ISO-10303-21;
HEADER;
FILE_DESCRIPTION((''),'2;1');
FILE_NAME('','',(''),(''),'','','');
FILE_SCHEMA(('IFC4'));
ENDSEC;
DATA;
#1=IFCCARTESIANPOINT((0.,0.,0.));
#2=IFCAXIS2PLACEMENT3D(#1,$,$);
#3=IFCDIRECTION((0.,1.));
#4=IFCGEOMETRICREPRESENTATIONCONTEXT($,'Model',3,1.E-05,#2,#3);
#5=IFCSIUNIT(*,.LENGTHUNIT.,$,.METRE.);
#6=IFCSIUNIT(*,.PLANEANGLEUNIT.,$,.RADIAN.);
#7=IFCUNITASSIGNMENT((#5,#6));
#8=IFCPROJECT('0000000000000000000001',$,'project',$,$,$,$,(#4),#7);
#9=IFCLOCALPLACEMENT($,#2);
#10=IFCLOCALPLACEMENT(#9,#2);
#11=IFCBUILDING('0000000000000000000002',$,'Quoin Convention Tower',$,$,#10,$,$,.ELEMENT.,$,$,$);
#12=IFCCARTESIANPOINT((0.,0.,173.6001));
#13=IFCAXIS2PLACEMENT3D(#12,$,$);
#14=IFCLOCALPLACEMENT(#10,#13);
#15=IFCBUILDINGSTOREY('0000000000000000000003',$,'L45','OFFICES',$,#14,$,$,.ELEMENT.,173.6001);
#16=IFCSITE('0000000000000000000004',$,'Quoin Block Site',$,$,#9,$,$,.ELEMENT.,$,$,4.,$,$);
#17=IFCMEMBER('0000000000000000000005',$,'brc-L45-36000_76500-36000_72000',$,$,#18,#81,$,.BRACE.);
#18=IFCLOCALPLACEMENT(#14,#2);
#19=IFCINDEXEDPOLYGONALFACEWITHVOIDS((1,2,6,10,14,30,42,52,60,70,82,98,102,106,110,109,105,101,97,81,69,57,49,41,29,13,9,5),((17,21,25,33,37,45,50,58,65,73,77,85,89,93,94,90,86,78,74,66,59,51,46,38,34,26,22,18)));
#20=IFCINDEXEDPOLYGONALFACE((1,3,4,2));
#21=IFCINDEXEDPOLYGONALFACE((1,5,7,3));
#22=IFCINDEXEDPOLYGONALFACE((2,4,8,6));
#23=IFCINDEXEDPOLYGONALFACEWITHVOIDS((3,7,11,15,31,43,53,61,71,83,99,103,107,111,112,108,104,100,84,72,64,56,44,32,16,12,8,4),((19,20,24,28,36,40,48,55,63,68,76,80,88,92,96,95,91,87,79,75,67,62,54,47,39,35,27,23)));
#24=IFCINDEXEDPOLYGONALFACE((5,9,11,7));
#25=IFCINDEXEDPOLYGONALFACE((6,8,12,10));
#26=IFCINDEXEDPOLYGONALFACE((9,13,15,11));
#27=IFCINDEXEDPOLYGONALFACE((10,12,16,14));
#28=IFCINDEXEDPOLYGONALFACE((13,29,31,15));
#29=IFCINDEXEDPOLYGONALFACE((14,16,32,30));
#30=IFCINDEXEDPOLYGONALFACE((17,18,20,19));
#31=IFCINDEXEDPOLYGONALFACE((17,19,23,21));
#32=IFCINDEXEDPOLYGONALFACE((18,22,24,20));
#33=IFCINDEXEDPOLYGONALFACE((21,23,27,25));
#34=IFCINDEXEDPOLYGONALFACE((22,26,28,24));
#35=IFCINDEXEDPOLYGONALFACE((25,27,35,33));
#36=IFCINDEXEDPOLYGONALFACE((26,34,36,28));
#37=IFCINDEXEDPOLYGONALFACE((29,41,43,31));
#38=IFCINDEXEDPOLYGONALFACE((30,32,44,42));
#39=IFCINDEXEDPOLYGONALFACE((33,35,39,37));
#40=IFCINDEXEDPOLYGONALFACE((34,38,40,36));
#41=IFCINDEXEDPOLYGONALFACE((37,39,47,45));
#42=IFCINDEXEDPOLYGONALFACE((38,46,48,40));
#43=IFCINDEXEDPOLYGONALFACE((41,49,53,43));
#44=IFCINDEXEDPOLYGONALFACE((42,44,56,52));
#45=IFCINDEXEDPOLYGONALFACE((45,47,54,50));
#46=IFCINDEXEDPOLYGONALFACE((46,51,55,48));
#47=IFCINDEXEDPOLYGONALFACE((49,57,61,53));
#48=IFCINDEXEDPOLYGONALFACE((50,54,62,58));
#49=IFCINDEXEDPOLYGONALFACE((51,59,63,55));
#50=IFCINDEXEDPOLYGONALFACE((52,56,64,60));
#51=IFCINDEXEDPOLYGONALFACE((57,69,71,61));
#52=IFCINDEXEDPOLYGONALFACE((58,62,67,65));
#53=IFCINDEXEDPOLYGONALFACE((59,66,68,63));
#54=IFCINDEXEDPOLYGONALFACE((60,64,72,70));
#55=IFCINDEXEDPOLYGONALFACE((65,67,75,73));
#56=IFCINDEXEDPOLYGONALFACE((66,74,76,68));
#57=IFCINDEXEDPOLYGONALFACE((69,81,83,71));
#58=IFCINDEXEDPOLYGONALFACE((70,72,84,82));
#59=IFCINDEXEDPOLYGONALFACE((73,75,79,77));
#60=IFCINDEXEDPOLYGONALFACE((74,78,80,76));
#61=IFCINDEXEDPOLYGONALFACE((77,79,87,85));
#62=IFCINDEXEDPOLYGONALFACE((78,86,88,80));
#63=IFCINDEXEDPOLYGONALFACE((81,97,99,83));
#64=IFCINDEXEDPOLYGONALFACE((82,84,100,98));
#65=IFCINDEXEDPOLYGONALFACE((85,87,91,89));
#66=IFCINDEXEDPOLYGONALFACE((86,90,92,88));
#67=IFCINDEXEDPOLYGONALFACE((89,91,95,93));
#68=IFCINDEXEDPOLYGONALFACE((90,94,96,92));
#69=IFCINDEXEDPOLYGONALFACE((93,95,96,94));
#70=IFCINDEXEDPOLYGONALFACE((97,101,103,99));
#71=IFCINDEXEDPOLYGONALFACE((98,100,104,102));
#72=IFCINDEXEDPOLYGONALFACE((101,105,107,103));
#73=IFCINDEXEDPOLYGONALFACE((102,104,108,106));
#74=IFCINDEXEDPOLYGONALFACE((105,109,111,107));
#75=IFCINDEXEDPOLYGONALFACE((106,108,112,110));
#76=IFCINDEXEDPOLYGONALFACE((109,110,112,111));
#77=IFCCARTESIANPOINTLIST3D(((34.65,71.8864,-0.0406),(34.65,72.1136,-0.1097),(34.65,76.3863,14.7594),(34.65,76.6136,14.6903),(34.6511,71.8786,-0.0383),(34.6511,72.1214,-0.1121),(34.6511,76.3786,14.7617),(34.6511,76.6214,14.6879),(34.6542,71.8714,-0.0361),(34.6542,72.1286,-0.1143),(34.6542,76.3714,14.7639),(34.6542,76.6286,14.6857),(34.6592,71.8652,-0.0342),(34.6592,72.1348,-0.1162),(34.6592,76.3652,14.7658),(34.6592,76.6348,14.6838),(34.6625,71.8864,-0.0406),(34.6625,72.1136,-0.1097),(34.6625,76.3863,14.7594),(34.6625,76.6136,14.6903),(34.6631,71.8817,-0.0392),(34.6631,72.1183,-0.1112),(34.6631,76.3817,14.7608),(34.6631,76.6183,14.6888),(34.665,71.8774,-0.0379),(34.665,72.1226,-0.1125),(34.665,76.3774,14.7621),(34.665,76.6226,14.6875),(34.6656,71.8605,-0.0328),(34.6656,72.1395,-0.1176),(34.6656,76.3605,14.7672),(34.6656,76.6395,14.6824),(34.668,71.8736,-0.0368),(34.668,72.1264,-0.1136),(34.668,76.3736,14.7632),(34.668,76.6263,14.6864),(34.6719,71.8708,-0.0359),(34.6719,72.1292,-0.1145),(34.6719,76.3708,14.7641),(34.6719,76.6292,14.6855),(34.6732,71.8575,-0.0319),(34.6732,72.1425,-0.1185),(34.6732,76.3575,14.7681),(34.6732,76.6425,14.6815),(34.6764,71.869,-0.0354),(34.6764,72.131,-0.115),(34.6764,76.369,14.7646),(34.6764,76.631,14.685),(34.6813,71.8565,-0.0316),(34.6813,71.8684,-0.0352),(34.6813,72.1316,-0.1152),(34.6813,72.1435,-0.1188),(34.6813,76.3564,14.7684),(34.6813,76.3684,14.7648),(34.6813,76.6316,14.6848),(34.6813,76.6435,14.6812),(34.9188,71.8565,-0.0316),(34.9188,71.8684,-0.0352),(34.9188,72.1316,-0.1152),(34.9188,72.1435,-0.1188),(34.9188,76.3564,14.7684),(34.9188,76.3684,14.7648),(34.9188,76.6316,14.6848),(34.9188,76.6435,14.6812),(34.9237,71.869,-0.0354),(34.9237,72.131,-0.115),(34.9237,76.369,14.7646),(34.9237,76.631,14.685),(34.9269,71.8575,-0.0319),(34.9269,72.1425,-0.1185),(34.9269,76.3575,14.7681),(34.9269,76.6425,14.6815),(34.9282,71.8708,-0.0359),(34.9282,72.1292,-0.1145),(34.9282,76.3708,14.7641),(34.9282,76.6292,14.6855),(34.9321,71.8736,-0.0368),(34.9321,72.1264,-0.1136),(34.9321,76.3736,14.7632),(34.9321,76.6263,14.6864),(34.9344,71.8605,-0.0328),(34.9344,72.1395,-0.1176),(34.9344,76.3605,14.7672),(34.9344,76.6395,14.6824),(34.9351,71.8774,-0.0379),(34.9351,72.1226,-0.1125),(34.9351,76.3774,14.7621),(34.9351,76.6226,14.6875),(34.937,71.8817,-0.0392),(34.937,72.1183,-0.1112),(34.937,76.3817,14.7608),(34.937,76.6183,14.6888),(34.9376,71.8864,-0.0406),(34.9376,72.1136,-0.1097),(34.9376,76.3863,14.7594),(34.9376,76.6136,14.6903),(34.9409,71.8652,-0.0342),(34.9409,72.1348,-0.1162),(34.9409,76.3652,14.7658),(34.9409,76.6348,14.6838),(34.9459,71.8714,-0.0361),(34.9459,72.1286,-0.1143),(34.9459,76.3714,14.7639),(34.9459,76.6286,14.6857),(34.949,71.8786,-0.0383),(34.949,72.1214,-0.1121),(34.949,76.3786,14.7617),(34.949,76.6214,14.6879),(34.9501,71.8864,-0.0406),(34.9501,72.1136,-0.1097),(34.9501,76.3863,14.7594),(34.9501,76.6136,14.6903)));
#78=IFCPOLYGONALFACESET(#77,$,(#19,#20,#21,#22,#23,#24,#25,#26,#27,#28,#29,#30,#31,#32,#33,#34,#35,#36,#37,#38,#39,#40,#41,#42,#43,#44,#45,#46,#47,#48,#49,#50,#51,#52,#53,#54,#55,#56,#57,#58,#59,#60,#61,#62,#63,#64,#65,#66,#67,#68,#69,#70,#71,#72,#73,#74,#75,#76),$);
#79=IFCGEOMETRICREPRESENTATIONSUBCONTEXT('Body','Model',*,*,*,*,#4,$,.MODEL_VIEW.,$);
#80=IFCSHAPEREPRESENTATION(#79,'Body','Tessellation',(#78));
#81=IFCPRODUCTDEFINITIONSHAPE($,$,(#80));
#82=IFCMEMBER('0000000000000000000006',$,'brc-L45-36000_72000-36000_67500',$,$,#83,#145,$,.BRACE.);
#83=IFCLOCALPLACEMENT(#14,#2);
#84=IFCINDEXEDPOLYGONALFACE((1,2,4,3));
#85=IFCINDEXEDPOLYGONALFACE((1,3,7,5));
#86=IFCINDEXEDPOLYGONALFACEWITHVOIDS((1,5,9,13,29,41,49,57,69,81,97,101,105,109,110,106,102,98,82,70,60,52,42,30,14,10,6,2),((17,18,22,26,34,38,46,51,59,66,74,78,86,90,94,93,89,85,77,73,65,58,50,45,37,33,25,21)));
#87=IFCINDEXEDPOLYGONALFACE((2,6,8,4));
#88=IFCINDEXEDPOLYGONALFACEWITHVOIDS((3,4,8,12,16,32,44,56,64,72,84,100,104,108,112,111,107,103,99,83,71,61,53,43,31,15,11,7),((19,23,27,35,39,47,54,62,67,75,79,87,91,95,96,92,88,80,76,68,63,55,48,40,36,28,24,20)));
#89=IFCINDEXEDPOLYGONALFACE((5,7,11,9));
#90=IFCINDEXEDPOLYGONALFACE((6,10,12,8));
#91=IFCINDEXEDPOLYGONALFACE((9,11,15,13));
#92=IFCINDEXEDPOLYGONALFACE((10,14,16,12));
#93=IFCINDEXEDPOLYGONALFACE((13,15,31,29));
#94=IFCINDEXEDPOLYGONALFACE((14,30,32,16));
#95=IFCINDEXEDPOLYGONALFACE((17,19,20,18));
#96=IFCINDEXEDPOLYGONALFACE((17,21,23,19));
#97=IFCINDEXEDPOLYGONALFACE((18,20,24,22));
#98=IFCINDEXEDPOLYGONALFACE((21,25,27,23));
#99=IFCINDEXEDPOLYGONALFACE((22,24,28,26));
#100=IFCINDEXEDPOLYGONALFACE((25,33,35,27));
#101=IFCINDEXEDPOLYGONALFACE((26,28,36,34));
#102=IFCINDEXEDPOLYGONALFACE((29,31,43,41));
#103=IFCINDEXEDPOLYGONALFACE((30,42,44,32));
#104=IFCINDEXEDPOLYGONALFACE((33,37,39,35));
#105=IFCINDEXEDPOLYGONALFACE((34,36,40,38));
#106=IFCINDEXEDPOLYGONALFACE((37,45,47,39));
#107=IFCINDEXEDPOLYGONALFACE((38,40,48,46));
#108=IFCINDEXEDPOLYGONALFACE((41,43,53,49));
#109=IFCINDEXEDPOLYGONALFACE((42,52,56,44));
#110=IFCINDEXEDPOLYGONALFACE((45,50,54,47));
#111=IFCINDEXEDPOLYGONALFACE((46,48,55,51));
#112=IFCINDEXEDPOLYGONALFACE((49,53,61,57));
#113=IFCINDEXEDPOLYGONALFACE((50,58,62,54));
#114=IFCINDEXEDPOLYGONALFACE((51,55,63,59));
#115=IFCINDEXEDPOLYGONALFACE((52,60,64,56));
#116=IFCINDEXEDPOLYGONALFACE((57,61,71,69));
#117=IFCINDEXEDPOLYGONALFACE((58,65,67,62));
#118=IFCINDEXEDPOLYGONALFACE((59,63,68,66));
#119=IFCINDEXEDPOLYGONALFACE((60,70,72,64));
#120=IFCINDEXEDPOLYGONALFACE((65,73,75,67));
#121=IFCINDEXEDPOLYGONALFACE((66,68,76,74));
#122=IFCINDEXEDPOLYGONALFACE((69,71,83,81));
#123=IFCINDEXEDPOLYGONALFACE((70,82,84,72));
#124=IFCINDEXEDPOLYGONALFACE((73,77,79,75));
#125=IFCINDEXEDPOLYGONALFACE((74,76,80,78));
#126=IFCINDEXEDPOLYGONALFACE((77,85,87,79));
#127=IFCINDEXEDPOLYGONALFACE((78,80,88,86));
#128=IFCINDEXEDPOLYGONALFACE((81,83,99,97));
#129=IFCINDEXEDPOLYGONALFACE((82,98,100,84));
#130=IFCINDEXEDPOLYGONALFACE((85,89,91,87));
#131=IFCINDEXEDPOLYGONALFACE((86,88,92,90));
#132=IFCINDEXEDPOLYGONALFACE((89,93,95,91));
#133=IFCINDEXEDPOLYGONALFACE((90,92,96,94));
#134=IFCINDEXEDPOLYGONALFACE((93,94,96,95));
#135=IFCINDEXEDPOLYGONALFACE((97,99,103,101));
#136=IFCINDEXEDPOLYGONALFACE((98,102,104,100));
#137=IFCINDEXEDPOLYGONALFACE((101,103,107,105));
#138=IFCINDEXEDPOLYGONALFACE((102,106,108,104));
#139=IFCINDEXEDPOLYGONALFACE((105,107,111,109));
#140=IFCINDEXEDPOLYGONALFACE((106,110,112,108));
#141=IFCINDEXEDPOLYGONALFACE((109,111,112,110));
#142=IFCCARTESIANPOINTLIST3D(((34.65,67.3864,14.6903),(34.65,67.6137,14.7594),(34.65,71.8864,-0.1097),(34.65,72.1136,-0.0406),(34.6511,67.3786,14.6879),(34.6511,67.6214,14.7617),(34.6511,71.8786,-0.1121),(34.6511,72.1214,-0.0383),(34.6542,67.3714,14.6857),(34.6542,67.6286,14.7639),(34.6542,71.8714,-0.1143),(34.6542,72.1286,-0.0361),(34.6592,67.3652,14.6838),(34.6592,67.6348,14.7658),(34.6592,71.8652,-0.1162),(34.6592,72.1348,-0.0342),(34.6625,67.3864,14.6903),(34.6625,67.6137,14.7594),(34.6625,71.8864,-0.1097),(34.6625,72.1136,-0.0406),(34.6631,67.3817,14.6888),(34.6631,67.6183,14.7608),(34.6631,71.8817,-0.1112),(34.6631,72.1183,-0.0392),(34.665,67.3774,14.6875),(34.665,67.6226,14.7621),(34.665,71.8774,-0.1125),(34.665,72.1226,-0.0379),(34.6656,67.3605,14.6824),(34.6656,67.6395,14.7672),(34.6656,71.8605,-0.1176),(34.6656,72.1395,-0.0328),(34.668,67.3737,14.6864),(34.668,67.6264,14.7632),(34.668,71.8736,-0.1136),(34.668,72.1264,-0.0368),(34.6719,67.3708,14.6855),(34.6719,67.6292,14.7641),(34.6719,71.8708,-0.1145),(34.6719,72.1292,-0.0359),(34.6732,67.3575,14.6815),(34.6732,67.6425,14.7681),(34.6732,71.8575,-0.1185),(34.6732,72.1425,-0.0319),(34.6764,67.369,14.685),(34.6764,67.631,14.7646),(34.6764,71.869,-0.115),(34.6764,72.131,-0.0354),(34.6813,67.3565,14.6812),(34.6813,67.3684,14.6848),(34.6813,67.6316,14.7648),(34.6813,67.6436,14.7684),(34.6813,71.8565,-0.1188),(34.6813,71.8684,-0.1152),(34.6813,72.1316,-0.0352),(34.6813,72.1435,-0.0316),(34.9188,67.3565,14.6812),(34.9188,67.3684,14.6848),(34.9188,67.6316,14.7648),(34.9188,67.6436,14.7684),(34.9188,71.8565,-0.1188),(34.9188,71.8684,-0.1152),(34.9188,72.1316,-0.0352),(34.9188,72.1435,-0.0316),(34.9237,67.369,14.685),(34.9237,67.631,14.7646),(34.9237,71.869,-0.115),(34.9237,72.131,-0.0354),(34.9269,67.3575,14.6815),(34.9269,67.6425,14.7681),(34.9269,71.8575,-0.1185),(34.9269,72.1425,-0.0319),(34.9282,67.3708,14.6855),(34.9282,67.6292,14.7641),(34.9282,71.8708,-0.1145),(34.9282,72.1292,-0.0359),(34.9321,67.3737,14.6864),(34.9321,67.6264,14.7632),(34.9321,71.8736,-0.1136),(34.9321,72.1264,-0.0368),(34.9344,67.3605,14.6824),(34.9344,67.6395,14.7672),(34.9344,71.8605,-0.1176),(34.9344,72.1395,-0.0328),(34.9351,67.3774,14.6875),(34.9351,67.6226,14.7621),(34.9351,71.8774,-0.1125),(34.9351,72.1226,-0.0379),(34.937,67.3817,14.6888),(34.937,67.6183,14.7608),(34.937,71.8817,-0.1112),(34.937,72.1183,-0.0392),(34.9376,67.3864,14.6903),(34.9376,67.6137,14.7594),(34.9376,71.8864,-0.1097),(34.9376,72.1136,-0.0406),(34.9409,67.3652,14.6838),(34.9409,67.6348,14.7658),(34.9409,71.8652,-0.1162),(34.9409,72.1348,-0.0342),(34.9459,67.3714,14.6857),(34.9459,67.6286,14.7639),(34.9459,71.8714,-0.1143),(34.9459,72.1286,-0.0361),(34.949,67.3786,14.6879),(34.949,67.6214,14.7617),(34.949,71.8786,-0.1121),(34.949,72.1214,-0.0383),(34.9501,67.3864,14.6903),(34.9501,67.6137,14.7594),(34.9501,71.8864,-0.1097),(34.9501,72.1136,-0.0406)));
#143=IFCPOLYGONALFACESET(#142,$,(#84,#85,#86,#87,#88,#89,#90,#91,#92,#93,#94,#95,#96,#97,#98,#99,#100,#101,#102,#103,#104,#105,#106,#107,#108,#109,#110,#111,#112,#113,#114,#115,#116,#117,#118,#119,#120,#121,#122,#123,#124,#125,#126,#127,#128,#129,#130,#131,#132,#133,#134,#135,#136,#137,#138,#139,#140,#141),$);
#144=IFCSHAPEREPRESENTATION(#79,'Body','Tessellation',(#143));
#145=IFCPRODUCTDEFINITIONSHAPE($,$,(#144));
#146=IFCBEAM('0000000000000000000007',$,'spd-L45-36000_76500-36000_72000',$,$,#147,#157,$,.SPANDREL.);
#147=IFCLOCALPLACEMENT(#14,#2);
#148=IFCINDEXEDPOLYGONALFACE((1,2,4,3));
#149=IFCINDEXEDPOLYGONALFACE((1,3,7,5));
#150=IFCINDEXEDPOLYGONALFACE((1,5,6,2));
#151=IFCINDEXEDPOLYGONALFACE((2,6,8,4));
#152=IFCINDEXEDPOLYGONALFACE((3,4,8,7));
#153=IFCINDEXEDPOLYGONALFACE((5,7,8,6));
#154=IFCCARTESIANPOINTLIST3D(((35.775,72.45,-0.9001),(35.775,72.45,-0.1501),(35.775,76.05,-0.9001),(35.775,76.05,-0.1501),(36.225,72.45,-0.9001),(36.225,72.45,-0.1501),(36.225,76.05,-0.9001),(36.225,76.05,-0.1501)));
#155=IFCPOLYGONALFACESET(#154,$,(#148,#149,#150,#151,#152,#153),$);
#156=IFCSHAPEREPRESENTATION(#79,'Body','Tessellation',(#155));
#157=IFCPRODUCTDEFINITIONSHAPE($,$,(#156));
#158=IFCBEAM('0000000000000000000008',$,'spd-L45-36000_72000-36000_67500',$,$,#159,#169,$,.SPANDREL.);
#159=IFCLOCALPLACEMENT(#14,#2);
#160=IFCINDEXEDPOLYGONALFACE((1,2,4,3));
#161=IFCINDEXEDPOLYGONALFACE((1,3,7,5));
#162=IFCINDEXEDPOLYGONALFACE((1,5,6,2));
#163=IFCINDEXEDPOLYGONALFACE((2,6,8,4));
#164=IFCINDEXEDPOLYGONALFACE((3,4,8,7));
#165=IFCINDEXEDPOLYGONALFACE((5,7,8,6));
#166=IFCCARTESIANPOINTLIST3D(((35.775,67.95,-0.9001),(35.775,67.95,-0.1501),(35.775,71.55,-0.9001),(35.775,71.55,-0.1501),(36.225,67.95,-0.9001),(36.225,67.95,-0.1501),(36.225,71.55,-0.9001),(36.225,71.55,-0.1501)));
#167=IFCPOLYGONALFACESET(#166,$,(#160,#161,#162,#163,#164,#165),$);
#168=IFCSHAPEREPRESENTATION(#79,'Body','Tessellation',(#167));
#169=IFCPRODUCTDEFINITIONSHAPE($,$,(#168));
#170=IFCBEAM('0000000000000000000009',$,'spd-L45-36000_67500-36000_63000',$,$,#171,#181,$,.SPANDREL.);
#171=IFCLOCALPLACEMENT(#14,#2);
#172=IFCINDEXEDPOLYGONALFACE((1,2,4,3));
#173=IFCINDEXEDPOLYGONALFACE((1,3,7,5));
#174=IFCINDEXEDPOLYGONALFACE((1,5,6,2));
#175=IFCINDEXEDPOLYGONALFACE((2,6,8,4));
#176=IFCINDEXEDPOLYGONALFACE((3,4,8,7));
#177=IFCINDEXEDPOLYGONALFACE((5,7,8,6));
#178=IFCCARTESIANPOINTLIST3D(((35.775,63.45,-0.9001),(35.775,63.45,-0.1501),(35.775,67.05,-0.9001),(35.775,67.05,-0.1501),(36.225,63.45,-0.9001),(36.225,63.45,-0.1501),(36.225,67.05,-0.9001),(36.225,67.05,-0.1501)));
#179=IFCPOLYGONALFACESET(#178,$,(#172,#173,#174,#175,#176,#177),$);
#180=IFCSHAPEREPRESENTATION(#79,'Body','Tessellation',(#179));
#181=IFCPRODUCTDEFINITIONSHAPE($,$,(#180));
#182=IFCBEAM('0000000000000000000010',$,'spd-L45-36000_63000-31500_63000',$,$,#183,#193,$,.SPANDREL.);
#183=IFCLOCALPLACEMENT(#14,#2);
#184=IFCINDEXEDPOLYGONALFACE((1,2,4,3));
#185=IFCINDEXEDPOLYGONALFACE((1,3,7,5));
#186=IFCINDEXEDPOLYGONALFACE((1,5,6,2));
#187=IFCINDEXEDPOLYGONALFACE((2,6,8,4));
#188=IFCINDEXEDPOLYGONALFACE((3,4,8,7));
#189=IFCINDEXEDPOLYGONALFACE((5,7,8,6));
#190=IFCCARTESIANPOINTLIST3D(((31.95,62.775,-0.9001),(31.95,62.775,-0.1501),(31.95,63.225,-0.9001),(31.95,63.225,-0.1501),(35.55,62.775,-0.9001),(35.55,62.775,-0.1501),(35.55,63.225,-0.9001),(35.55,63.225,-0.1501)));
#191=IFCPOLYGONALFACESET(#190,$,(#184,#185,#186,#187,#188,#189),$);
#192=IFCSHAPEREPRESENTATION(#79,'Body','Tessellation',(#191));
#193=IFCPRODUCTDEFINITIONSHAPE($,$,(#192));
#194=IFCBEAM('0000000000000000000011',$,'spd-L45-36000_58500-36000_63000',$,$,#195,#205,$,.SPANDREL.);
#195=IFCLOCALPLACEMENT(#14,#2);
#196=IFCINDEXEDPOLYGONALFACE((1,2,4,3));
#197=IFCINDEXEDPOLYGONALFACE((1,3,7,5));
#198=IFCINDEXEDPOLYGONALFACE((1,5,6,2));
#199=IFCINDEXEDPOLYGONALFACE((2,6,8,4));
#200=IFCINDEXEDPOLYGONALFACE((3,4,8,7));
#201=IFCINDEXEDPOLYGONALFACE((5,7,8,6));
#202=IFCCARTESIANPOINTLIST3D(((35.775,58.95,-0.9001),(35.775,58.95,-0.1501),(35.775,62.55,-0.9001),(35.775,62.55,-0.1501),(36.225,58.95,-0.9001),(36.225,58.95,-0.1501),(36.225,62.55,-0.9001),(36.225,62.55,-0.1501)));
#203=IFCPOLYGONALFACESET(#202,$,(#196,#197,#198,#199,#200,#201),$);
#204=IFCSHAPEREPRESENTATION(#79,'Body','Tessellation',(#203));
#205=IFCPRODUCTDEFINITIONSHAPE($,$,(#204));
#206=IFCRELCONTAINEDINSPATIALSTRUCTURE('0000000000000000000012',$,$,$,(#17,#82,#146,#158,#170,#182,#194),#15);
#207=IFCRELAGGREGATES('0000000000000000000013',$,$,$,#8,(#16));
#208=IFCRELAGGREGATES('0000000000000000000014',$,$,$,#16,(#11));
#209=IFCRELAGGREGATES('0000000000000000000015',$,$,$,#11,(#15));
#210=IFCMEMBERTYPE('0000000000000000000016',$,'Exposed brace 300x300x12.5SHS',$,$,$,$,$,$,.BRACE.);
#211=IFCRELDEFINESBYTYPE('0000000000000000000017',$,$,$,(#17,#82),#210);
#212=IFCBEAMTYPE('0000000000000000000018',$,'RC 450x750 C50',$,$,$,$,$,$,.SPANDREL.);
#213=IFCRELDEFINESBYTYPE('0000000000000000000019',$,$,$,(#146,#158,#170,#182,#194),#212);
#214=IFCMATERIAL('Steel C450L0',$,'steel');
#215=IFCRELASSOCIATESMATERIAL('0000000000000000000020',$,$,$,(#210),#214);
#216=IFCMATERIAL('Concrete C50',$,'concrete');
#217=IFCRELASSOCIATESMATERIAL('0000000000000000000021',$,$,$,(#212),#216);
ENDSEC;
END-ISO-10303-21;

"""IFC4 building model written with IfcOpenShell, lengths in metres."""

from ifc_helpers import new_model, si_unit, direction, frame, origin, origin_2d, place, context, subcontext, project, spatial, rectangle, hollow_rectangle, extrude, material, material_profile, profile_set, type_object, element, save


model = new_model("IFC4")

# Units and contexts
model_context = context("Model", 3, precision=1e-05, world=origin(), true_north=direction((0.0, 1.0)))
body_context = subcontext(model_context, "Body", "Model", "MODEL_VIEW")
ifc_project = project(units=[si_unit("LENGTHUNIT", "METRE"), si_unit("PLANEANGLEUNIT", "RADIAN")], contexts=[model_context])

# Site, building, storey
site_placement = place(None, origin())
site = spatial("IfcSite", under=ifc_project, at=site_placement, Name="Quoin Block Site", CompositionType="ELEMENT", RefElevation=4.0)
building_placement = place(site_placement, origin())
building = spatial("IfcBuilding", under=site, at=building_placement, Name="Quoin Convention Tower", CompositionType="ELEMENT")
storey_placement = place(building_placement, frame((0.0, 0.0, 173.6001)))
storey = spatial("IfcBuildingStorey", under=building, at=storey_placement, Name="L45", Description="OFFICES", CompositionType="ELEMENT", Elevation=173.6001)

# Shared definitions
ifc_material_1 = material(Name="Concrete C50", Category="concrete")

# Members
ifc_material_2 = material(Name="Steel C450L0", Category="steel")
ifc_material_profile_1 = material_profile(ifc_material_2, hollow_rectangle(XDim=0.3, YDim=0.3, WallThickness=0.0125, InnerFilletRadius=0.0188, OuterFilletRadius=0.0312, at=origin_2d()), Name="300x300x12.5SHS")
ifc_profile_set_1 = profile_set([ifc_material_profile_1], Name="Steel C450L0")
member_type = type_object("IfcMemberType", Name="Exposed brace 300x300x12.5SHS", PredefinedType="BRACE", material=ifc_profile_set_1)
for number, where, z_axis, x_axis, name in (
    (1, (34.8, 72.0, -0.0752), (0.0, 0.290903, 0.956752), (-1.0, 0.0, 0.0), "brc-L45-36000_76500-36000_72000"),
    (2, (34.8, 72.0, -0.0752), (0.0, -0.290903, 0.956752), (1.0, 0.0, 0.0), "brc-L45-36000_72000-36000_67500"),
):
    element("IfcMember", number, at=place(storey_placement, frame(where, z_axis=z_axis, x_axis=x_axis)), inside=storey, type_object=member_type, Name=name, PredefinedType="BRACE", context=body_context, shape_type="SweptSolid", body=[
        extrude(hollow_rectangle(XDim=0.3, YDim=0.3, WallThickness=0.0125, InnerFilletRadius=0.0188, OuterFilletRadius=0.0312, at=origin_2d()), origin(), (0.0, 0.0, 1.0), 15.469),
    ])

# Beams
ifc_material_profile_2 = material_profile(ifc_material_1, rectangle(XDim=0.45, YDim=0.75, at=origin_2d()), Name="RC 450x750")
ifc_profile_set_2 = profile_set([ifc_material_profile_2], Name="Concrete C50")
beam_type_1 = type_object("IfcBeamType", Name="RC 450x750 C50", PredefinedType="SPANDREL", material=ifc_profile_set_2)
for number, where, z_axis, x_axis, name in (
    (3, (36.0, 76.05, -0.5251), (0.0, -1.0, 0.0), (1.0, 0.0, 0.0), "spd-L45-36000_76500-36000_72000"),
    (4, (36.0, 71.55, -0.5251), (0.0, -1.0, 0.0), (1.0, 0.0, 0.0), "spd-L45-36000_72000-36000_67500"),
    (5, (36.0, 67.05, -0.5251), (0.0, -1.0, 0.0), (1.0, 0.0, 0.0), "spd-L45-36000_67500-36000_63000"),
    (6, (35.55, 63.0, -0.5251), (-1.0, 0.0, 0.0), (0.0, -1.0, 0.0), "spd-L45-36000_63000-31500_63000"),
    (7, (36.0, 58.95, -0.5251), (0.0, 1.0, 0.0), (-1.0, 0.0, 0.0), "spd-L45-36000_58500-36000_63000"),
):
    element("IfcBeam", number, at=place(storey_placement, frame(where, z_axis=z_axis, x_axis=x_axis)), inside=storey, type_object=beam_type_1, Name=name, PredefinedType="SPANDREL", context=body_context, shape_type="SweptSolid", body=[
        extrude(rectangle(XDim=0.45, YDim=0.75, at=origin_2d()), origin(), (0.0, 0.0, 1.0), 3.6001),
    ])

save(model, "model.ifc")
